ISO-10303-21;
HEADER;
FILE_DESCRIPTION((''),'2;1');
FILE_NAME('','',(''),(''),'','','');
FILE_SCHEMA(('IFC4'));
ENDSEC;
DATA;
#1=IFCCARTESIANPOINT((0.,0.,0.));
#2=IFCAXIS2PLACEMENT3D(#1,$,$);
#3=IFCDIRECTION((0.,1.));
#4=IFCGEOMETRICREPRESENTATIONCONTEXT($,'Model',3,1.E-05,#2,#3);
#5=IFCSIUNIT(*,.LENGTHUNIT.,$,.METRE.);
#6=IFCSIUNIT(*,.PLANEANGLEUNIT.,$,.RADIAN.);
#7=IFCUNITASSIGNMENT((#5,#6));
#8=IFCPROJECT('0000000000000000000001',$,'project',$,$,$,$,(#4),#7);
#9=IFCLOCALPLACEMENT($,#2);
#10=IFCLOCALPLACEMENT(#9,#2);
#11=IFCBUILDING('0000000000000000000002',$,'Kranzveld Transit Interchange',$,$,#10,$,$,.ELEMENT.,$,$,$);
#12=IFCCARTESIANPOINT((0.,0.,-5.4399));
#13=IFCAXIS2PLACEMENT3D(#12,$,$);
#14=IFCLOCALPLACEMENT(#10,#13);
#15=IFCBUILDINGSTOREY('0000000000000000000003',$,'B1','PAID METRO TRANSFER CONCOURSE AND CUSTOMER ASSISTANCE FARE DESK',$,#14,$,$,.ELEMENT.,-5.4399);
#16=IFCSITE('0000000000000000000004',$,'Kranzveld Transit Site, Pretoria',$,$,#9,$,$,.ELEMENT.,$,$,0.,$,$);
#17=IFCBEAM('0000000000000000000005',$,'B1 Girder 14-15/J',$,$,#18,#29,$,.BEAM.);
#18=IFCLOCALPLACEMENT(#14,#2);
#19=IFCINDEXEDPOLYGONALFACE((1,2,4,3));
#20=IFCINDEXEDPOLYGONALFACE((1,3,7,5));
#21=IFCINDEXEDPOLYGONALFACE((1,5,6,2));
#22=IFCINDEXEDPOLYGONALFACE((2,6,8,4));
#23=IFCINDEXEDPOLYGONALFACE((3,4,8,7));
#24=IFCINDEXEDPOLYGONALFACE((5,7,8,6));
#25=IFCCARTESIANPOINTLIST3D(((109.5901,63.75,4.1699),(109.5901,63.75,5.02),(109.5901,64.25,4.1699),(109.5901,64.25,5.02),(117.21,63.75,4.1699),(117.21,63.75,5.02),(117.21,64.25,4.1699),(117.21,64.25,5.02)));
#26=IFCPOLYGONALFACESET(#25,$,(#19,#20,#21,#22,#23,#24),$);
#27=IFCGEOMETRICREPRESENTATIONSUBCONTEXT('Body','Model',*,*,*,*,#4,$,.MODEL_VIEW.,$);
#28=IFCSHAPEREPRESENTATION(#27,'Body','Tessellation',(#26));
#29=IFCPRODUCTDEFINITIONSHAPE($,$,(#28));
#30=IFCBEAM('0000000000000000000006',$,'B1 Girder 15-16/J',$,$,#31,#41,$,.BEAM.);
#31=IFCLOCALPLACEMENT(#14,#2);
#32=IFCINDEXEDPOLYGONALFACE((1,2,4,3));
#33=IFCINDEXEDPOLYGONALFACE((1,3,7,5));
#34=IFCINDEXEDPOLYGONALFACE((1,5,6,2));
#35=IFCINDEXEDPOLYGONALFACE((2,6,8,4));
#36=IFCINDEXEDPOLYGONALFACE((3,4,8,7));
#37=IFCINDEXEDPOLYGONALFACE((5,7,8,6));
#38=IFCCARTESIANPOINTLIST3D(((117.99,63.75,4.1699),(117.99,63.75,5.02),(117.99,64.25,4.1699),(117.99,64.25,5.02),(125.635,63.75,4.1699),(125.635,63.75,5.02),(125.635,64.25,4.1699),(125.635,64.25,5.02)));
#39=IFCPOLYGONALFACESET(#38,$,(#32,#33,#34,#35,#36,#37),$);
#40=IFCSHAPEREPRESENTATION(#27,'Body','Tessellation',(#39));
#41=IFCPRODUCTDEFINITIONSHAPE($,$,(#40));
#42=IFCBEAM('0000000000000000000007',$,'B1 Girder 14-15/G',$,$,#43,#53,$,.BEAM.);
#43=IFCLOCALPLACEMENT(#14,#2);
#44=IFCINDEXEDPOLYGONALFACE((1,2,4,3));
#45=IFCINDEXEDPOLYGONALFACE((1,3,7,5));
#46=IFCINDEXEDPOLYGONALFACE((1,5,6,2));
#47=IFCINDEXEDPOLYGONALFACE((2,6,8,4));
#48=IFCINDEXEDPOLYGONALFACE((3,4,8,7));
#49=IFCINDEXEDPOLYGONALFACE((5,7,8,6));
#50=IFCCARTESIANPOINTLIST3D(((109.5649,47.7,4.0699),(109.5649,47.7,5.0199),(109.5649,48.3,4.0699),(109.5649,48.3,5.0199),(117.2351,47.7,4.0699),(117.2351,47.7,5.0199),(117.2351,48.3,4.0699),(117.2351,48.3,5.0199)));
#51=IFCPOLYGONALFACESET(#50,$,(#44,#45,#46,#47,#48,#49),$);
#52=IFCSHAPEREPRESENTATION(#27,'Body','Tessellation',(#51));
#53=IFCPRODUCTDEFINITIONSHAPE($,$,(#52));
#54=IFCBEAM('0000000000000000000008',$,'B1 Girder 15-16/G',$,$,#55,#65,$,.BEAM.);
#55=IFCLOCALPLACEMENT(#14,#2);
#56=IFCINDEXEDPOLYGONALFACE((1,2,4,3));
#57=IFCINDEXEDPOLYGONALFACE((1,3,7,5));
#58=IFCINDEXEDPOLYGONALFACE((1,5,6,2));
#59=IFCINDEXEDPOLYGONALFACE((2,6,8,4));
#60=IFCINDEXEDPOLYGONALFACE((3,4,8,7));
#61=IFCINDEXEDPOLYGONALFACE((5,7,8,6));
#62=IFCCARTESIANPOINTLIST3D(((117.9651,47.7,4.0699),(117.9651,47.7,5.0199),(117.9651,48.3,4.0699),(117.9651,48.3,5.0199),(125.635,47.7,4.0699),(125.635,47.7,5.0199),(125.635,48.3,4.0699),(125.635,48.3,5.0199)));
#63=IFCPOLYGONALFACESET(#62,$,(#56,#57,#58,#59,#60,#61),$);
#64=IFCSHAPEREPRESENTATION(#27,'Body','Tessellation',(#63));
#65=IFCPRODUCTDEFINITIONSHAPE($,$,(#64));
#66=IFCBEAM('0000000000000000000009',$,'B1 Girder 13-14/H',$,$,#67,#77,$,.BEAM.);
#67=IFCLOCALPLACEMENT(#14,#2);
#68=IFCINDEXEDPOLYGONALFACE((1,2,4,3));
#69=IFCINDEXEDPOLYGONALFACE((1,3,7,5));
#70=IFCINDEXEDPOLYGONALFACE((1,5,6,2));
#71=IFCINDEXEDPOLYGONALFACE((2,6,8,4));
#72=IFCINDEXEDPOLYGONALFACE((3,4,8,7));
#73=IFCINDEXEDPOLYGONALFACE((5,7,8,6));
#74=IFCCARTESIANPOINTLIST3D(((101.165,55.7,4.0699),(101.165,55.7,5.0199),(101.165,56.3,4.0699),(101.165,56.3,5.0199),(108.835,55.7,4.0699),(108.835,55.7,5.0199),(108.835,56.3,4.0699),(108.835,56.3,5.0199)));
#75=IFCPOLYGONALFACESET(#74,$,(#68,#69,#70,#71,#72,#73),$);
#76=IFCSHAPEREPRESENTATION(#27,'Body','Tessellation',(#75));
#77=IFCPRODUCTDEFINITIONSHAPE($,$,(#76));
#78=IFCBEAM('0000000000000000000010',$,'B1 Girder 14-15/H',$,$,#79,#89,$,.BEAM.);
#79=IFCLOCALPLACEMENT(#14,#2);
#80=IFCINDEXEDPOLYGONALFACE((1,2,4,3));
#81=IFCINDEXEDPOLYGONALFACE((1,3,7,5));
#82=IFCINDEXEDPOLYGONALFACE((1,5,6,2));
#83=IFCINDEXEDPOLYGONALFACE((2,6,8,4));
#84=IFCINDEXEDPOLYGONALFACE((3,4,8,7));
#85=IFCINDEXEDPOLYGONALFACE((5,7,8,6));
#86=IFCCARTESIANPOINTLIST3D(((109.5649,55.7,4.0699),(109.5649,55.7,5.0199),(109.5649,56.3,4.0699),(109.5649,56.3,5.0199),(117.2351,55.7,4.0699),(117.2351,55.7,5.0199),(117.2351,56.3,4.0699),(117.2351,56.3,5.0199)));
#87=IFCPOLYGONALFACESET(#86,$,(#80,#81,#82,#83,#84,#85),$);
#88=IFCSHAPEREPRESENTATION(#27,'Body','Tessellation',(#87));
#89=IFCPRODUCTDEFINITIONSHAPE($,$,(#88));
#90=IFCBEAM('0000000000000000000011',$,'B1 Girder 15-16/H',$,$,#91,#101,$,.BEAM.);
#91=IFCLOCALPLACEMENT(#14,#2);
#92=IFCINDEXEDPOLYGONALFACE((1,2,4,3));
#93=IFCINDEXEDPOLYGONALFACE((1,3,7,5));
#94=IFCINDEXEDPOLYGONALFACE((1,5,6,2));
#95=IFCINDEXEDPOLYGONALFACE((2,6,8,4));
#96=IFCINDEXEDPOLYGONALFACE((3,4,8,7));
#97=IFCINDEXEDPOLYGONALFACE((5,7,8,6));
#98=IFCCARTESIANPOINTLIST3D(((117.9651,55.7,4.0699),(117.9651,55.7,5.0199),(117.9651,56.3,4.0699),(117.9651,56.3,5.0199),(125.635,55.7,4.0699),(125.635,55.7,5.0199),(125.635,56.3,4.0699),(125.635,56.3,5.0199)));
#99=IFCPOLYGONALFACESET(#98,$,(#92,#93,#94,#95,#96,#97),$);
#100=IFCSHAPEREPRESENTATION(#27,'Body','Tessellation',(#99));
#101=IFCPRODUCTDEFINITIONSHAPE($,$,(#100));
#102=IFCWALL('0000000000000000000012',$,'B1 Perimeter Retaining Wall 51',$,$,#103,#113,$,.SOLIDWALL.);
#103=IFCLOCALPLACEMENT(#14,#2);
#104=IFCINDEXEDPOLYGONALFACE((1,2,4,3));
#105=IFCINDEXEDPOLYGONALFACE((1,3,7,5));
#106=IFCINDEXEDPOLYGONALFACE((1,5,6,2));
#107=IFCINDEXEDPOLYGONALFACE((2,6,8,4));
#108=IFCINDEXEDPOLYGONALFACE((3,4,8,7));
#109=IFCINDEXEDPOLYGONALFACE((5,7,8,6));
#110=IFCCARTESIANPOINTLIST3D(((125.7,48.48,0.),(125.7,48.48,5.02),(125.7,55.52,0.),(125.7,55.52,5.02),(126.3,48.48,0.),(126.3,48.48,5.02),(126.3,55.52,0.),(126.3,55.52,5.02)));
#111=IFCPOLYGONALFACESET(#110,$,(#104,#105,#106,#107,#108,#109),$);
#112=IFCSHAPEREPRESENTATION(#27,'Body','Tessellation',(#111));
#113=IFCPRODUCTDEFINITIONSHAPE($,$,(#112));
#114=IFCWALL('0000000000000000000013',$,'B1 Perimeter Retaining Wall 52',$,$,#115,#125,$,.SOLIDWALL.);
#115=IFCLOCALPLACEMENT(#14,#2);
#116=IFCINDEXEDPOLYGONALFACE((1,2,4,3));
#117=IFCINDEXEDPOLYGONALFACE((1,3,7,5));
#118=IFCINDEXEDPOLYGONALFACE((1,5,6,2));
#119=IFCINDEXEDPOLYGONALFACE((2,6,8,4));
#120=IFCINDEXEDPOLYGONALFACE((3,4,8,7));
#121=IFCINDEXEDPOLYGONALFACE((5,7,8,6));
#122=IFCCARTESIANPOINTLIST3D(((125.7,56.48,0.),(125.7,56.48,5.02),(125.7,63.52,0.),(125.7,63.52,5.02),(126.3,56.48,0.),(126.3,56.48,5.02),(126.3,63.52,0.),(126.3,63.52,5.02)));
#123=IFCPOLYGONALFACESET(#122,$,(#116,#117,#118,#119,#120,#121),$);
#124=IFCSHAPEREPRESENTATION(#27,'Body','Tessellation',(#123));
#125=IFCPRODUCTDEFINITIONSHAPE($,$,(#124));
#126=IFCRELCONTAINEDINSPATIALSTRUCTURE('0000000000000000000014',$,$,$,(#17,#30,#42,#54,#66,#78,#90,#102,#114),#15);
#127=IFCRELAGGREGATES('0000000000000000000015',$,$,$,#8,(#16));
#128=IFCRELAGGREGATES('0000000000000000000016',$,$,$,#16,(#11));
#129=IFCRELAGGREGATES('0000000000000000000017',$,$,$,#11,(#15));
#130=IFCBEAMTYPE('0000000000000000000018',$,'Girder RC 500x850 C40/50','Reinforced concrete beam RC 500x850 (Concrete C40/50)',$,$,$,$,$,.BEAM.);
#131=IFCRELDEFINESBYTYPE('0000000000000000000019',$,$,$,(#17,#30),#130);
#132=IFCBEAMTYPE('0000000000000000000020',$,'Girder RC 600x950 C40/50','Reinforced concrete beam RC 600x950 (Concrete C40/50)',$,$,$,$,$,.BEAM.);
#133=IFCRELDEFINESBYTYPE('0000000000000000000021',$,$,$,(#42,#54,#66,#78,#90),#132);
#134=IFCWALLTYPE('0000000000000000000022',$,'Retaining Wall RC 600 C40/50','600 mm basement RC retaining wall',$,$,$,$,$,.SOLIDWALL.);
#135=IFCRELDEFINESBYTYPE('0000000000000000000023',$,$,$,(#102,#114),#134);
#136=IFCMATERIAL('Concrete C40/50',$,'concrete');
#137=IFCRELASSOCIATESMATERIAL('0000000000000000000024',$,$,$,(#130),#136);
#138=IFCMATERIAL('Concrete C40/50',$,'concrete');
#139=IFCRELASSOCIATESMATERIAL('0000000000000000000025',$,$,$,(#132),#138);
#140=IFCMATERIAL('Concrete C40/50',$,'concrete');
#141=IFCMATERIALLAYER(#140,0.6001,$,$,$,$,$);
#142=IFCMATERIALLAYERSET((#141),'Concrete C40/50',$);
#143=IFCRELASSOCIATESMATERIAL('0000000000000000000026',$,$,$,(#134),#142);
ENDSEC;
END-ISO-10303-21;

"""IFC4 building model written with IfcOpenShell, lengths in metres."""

from ifc_helpers import new_model, si_unit, direction, frame, frame_2d, origin, origin_2d, place, context, subcontext, project, spatial, rectangle, extrude, material, layer, layer_set, material_profile, profile_set, type_object, element, save


model = new_model("IFC4")

# Units and contexts
model_context = context("Model", 3, precision=1e-05, world=origin(), true_north=direction((0.0, 1.0)))
body_context = subcontext(model_context, "Body", "Model", "MODEL_VIEW")
ifc_project = project(units=[si_unit("LENGTHUNIT", "METRE"), si_unit("PLANEANGLEUNIT", "RADIAN")], contexts=[model_context])

# Site, building, storey
site_placement = place(None, origin())
site = spatial("IfcSite", under=ifc_project, at=site_placement, Name="Kranzveld Transit Site, Pretoria", CompositionType="ELEMENT", RefElevation=0.0)
building_placement = place(site_placement, origin())
building = spatial("IfcBuilding", under=site, at=building_placement, Name="Kranzveld Transit Interchange", CompositionType="ELEMENT")
storey_placement = place(building_placement, frame((0.0, 0.0, -5.4399)))
storey = spatial("IfcBuildingStorey", under=building, at=storey_placement, Name="B1", Description="PAID METRO TRANSFER CONCOURSE AND CUSTOMER ASSISTANCE FARE DESK", CompositionType="ELEMENT", Elevation=-5.4399)

# Beams
ifc_material_1 = material(Name="Concrete C40/50", Category="concrete")
ifc_material_profile_1 = material_profile(ifc_material_1, rectangle(XDim=0.5, YDim=0.8501, at=origin_2d()), Name="RC 500x850")
ifc_profile_set_1 = profile_set([ifc_material_profile_1], Name="Concrete C40/50")
beam_type_1 = type_object("IfcBeamType", Name="Girder RC 500x850 C40/50", Description="Reinforced concrete beam RC 500x850 (Concrete C40/50)", PredefinedType="BEAM", material=ifc_profile_set_1)
beam_1_placement = place(storey_placement, frame((109.5901, 64.0, 4.595), z_axis=(1.0, 0.0, 0.0), x_axis=(0.0, 1.0, 0.0)))
element("IfcBeam", 1, at=beam_1_placement, inside=storey, type_object=beam_type_1, Name="B1 Girder 14-15/J", PredefinedType="BEAM", context=body_context, shape_type="SweptSolid", body=[
    extrude(rectangle(XDim=0.5, YDim=0.8501, at=origin_2d()), origin(), (0.0, 0.0, 1.0), 7.6199),
])
beam_2_placement = place(storey_placement, frame((117.99, 64.0, 4.595), z_axis=(1.0, 0.0, 0.0), x_axis=(0.0, 1.0, 0.0)))
element("IfcBeam", 2, at=beam_2_placement, inside=storey, type_object=beam_type_1, Name="B1 Girder 15-16/J", PredefinedType="BEAM", context=body_context, shape_type="SweptSolid", body=[
    extrude(rectangle(XDim=0.5, YDim=0.8501, at=origin_2d()), origin(), (0.0, 0.0, 1.0), 7.645),
])
ifc_material_2 = material(Name="Concrete C40/50", Category="concrete")
ifc_material_profile_2 = material_profile(ifc_material_2, rectangle(XDim=0.6001, YDim=0.95, at=origin_2d()), Name="RC 600x950")
ifc_profile_set_2 = profile_set([ifc_material_profile_2], Name="Concrete C40/50")
beam_type_2 = type_object("IfcBeamType", Name="Girder RC 600x950 C40/50", Description="Reinforced concrete beam RC 600x950 (Concrete C40/50)", PredefinedType="BEAM", material=ifc_profile_set_2)
beam_3_placement = place(storey_placement, frame((109.5649, 48.0, 4.5449), z_axis=(1.0, 0.0, 0.0), x_axis=(0.0, 1.0, 0.0)))
element("IfcBeam", 3, at=beam_3_placement, inside=storey, type_object=beam_type_2, Name="B1 Girder 14-15/G", PredefinedType="BEAM", context=body_context, shape_type="SweptSolid", body=[
    extrude(rectangle(XDim=0.6001, YDim=0.95, at=origin_2d()), origin(), (0.0, 0.0, 1.0), 7.6702),
])
for number, where, z_axis, x_axis, name in (
    (4, (117.9651, 48.0, 4.5449), (1.0, 0.0, 0.0), (0.0, 1.0, 0.0), "B1 Girder 15-16/G"),
    (5, (101.165, 56.0, 4.5449), (1.0, 0.0, 0.0), (0.0, 1.0, 0.0), "B1 Girder 13-14/H"),
):
    element("IfcBeam", number, at=place(storey_placement, frame(where, z_axis=z_axis, x_axis=x_axis)), inside=storey, type_object=beam_type_2, Name=name, PredefinedType="BEAM", context=body_context, shape_type="SweptSolid", body=[
        extrude(rectangle(XDim=0.6001, YDim=0.95, at=origin_2d()), origin(), (0.0, 0.0, 1.0), 7.6699),
    ])
beam_4_placement = place(storey_placement, frame((109.5649, 56.0, 4.5449), z_axis=(1.0, 0.0, 0.0), x_axis=(0.0, 1.0, 0.0)))
element("IfcBeam", 6, at=beam_4_placement, inside=storey, type_object=beam_type_2, Name="B1 Girder 14-15/H", PredefinedType="BEAM", context=body_context, shape_type="SweptSolid", body=[
    extrude(rectangle(XDim=0.6001, YDim=0.95, at=origin_2d()), origin(), (0.0, 0.0, 1.0), 7.6702),
])
beam_5_placement = place(storey_placement, frame((117.9651, 56.0, 4.5449), z_axis=(1.0, 0.0, 0.0), x_axis=(0.0, 1.0, 0.0)))
element("IfcBeam", 7, at=beam_5_placement, inside=storey, type_object=beam_type_2, Name="B1 Girder 15-16/H", PredefinedType="BEAM", context=body_context, shape_type="SweptSolid", body=[
    extrude(rectangle(XDim=0.6001, YDim=0.95, at=origin_2d()), origin(), (0.0, 0.0, 1.0), 7.6699),
])

# Walls
ifc_material_3 = material(Name="Concrete C40/50", Category="concrete")
ifc_layer = layer(ifc_material_3, 0.6001)
ifc_layer_set = layer_set([ifc_layer], Name="Concrete C40/50")
wall_type = type_object("IfcWallType", Name="Retaining Wall RC 600 C40/50", Description="600 mm basement RC retaining wall", PredefinedType="SOLIDWALL", material=ifc_layer_set)
for number, where, z_axis, x_axis, name in (
    (8, (126.0, 48.48, 0.0), (0.0, 0.0, 1.0), (0.0, 1.0, 0.0), "B1 Perimeter Retaining Wall 51"),
    (9, (126.0, 56.48, 0.0), (0.0, 0.0, 1.0), (0.0, 1.0, 0.0), "B1 Perimeter Retaining Wall 52"),
):
    element("IfcWall", number, at=place(storey_placement, frame(where, z_axis=z_axis, x_axis=x_axis)), inside=storey, type_object=wall_type, Name=name, PredefinedType="SOLIDWALL", context=body_context, shape_type="SweptSolid", body=[
        extrude(rectangle(XDim=7.04, YDim=0.6001, at=frame_2d((3.52, 0.0))), origin(), (0.0, 0.0, 1.0), 5.02),
    ])

save(model, "model.ifc")
